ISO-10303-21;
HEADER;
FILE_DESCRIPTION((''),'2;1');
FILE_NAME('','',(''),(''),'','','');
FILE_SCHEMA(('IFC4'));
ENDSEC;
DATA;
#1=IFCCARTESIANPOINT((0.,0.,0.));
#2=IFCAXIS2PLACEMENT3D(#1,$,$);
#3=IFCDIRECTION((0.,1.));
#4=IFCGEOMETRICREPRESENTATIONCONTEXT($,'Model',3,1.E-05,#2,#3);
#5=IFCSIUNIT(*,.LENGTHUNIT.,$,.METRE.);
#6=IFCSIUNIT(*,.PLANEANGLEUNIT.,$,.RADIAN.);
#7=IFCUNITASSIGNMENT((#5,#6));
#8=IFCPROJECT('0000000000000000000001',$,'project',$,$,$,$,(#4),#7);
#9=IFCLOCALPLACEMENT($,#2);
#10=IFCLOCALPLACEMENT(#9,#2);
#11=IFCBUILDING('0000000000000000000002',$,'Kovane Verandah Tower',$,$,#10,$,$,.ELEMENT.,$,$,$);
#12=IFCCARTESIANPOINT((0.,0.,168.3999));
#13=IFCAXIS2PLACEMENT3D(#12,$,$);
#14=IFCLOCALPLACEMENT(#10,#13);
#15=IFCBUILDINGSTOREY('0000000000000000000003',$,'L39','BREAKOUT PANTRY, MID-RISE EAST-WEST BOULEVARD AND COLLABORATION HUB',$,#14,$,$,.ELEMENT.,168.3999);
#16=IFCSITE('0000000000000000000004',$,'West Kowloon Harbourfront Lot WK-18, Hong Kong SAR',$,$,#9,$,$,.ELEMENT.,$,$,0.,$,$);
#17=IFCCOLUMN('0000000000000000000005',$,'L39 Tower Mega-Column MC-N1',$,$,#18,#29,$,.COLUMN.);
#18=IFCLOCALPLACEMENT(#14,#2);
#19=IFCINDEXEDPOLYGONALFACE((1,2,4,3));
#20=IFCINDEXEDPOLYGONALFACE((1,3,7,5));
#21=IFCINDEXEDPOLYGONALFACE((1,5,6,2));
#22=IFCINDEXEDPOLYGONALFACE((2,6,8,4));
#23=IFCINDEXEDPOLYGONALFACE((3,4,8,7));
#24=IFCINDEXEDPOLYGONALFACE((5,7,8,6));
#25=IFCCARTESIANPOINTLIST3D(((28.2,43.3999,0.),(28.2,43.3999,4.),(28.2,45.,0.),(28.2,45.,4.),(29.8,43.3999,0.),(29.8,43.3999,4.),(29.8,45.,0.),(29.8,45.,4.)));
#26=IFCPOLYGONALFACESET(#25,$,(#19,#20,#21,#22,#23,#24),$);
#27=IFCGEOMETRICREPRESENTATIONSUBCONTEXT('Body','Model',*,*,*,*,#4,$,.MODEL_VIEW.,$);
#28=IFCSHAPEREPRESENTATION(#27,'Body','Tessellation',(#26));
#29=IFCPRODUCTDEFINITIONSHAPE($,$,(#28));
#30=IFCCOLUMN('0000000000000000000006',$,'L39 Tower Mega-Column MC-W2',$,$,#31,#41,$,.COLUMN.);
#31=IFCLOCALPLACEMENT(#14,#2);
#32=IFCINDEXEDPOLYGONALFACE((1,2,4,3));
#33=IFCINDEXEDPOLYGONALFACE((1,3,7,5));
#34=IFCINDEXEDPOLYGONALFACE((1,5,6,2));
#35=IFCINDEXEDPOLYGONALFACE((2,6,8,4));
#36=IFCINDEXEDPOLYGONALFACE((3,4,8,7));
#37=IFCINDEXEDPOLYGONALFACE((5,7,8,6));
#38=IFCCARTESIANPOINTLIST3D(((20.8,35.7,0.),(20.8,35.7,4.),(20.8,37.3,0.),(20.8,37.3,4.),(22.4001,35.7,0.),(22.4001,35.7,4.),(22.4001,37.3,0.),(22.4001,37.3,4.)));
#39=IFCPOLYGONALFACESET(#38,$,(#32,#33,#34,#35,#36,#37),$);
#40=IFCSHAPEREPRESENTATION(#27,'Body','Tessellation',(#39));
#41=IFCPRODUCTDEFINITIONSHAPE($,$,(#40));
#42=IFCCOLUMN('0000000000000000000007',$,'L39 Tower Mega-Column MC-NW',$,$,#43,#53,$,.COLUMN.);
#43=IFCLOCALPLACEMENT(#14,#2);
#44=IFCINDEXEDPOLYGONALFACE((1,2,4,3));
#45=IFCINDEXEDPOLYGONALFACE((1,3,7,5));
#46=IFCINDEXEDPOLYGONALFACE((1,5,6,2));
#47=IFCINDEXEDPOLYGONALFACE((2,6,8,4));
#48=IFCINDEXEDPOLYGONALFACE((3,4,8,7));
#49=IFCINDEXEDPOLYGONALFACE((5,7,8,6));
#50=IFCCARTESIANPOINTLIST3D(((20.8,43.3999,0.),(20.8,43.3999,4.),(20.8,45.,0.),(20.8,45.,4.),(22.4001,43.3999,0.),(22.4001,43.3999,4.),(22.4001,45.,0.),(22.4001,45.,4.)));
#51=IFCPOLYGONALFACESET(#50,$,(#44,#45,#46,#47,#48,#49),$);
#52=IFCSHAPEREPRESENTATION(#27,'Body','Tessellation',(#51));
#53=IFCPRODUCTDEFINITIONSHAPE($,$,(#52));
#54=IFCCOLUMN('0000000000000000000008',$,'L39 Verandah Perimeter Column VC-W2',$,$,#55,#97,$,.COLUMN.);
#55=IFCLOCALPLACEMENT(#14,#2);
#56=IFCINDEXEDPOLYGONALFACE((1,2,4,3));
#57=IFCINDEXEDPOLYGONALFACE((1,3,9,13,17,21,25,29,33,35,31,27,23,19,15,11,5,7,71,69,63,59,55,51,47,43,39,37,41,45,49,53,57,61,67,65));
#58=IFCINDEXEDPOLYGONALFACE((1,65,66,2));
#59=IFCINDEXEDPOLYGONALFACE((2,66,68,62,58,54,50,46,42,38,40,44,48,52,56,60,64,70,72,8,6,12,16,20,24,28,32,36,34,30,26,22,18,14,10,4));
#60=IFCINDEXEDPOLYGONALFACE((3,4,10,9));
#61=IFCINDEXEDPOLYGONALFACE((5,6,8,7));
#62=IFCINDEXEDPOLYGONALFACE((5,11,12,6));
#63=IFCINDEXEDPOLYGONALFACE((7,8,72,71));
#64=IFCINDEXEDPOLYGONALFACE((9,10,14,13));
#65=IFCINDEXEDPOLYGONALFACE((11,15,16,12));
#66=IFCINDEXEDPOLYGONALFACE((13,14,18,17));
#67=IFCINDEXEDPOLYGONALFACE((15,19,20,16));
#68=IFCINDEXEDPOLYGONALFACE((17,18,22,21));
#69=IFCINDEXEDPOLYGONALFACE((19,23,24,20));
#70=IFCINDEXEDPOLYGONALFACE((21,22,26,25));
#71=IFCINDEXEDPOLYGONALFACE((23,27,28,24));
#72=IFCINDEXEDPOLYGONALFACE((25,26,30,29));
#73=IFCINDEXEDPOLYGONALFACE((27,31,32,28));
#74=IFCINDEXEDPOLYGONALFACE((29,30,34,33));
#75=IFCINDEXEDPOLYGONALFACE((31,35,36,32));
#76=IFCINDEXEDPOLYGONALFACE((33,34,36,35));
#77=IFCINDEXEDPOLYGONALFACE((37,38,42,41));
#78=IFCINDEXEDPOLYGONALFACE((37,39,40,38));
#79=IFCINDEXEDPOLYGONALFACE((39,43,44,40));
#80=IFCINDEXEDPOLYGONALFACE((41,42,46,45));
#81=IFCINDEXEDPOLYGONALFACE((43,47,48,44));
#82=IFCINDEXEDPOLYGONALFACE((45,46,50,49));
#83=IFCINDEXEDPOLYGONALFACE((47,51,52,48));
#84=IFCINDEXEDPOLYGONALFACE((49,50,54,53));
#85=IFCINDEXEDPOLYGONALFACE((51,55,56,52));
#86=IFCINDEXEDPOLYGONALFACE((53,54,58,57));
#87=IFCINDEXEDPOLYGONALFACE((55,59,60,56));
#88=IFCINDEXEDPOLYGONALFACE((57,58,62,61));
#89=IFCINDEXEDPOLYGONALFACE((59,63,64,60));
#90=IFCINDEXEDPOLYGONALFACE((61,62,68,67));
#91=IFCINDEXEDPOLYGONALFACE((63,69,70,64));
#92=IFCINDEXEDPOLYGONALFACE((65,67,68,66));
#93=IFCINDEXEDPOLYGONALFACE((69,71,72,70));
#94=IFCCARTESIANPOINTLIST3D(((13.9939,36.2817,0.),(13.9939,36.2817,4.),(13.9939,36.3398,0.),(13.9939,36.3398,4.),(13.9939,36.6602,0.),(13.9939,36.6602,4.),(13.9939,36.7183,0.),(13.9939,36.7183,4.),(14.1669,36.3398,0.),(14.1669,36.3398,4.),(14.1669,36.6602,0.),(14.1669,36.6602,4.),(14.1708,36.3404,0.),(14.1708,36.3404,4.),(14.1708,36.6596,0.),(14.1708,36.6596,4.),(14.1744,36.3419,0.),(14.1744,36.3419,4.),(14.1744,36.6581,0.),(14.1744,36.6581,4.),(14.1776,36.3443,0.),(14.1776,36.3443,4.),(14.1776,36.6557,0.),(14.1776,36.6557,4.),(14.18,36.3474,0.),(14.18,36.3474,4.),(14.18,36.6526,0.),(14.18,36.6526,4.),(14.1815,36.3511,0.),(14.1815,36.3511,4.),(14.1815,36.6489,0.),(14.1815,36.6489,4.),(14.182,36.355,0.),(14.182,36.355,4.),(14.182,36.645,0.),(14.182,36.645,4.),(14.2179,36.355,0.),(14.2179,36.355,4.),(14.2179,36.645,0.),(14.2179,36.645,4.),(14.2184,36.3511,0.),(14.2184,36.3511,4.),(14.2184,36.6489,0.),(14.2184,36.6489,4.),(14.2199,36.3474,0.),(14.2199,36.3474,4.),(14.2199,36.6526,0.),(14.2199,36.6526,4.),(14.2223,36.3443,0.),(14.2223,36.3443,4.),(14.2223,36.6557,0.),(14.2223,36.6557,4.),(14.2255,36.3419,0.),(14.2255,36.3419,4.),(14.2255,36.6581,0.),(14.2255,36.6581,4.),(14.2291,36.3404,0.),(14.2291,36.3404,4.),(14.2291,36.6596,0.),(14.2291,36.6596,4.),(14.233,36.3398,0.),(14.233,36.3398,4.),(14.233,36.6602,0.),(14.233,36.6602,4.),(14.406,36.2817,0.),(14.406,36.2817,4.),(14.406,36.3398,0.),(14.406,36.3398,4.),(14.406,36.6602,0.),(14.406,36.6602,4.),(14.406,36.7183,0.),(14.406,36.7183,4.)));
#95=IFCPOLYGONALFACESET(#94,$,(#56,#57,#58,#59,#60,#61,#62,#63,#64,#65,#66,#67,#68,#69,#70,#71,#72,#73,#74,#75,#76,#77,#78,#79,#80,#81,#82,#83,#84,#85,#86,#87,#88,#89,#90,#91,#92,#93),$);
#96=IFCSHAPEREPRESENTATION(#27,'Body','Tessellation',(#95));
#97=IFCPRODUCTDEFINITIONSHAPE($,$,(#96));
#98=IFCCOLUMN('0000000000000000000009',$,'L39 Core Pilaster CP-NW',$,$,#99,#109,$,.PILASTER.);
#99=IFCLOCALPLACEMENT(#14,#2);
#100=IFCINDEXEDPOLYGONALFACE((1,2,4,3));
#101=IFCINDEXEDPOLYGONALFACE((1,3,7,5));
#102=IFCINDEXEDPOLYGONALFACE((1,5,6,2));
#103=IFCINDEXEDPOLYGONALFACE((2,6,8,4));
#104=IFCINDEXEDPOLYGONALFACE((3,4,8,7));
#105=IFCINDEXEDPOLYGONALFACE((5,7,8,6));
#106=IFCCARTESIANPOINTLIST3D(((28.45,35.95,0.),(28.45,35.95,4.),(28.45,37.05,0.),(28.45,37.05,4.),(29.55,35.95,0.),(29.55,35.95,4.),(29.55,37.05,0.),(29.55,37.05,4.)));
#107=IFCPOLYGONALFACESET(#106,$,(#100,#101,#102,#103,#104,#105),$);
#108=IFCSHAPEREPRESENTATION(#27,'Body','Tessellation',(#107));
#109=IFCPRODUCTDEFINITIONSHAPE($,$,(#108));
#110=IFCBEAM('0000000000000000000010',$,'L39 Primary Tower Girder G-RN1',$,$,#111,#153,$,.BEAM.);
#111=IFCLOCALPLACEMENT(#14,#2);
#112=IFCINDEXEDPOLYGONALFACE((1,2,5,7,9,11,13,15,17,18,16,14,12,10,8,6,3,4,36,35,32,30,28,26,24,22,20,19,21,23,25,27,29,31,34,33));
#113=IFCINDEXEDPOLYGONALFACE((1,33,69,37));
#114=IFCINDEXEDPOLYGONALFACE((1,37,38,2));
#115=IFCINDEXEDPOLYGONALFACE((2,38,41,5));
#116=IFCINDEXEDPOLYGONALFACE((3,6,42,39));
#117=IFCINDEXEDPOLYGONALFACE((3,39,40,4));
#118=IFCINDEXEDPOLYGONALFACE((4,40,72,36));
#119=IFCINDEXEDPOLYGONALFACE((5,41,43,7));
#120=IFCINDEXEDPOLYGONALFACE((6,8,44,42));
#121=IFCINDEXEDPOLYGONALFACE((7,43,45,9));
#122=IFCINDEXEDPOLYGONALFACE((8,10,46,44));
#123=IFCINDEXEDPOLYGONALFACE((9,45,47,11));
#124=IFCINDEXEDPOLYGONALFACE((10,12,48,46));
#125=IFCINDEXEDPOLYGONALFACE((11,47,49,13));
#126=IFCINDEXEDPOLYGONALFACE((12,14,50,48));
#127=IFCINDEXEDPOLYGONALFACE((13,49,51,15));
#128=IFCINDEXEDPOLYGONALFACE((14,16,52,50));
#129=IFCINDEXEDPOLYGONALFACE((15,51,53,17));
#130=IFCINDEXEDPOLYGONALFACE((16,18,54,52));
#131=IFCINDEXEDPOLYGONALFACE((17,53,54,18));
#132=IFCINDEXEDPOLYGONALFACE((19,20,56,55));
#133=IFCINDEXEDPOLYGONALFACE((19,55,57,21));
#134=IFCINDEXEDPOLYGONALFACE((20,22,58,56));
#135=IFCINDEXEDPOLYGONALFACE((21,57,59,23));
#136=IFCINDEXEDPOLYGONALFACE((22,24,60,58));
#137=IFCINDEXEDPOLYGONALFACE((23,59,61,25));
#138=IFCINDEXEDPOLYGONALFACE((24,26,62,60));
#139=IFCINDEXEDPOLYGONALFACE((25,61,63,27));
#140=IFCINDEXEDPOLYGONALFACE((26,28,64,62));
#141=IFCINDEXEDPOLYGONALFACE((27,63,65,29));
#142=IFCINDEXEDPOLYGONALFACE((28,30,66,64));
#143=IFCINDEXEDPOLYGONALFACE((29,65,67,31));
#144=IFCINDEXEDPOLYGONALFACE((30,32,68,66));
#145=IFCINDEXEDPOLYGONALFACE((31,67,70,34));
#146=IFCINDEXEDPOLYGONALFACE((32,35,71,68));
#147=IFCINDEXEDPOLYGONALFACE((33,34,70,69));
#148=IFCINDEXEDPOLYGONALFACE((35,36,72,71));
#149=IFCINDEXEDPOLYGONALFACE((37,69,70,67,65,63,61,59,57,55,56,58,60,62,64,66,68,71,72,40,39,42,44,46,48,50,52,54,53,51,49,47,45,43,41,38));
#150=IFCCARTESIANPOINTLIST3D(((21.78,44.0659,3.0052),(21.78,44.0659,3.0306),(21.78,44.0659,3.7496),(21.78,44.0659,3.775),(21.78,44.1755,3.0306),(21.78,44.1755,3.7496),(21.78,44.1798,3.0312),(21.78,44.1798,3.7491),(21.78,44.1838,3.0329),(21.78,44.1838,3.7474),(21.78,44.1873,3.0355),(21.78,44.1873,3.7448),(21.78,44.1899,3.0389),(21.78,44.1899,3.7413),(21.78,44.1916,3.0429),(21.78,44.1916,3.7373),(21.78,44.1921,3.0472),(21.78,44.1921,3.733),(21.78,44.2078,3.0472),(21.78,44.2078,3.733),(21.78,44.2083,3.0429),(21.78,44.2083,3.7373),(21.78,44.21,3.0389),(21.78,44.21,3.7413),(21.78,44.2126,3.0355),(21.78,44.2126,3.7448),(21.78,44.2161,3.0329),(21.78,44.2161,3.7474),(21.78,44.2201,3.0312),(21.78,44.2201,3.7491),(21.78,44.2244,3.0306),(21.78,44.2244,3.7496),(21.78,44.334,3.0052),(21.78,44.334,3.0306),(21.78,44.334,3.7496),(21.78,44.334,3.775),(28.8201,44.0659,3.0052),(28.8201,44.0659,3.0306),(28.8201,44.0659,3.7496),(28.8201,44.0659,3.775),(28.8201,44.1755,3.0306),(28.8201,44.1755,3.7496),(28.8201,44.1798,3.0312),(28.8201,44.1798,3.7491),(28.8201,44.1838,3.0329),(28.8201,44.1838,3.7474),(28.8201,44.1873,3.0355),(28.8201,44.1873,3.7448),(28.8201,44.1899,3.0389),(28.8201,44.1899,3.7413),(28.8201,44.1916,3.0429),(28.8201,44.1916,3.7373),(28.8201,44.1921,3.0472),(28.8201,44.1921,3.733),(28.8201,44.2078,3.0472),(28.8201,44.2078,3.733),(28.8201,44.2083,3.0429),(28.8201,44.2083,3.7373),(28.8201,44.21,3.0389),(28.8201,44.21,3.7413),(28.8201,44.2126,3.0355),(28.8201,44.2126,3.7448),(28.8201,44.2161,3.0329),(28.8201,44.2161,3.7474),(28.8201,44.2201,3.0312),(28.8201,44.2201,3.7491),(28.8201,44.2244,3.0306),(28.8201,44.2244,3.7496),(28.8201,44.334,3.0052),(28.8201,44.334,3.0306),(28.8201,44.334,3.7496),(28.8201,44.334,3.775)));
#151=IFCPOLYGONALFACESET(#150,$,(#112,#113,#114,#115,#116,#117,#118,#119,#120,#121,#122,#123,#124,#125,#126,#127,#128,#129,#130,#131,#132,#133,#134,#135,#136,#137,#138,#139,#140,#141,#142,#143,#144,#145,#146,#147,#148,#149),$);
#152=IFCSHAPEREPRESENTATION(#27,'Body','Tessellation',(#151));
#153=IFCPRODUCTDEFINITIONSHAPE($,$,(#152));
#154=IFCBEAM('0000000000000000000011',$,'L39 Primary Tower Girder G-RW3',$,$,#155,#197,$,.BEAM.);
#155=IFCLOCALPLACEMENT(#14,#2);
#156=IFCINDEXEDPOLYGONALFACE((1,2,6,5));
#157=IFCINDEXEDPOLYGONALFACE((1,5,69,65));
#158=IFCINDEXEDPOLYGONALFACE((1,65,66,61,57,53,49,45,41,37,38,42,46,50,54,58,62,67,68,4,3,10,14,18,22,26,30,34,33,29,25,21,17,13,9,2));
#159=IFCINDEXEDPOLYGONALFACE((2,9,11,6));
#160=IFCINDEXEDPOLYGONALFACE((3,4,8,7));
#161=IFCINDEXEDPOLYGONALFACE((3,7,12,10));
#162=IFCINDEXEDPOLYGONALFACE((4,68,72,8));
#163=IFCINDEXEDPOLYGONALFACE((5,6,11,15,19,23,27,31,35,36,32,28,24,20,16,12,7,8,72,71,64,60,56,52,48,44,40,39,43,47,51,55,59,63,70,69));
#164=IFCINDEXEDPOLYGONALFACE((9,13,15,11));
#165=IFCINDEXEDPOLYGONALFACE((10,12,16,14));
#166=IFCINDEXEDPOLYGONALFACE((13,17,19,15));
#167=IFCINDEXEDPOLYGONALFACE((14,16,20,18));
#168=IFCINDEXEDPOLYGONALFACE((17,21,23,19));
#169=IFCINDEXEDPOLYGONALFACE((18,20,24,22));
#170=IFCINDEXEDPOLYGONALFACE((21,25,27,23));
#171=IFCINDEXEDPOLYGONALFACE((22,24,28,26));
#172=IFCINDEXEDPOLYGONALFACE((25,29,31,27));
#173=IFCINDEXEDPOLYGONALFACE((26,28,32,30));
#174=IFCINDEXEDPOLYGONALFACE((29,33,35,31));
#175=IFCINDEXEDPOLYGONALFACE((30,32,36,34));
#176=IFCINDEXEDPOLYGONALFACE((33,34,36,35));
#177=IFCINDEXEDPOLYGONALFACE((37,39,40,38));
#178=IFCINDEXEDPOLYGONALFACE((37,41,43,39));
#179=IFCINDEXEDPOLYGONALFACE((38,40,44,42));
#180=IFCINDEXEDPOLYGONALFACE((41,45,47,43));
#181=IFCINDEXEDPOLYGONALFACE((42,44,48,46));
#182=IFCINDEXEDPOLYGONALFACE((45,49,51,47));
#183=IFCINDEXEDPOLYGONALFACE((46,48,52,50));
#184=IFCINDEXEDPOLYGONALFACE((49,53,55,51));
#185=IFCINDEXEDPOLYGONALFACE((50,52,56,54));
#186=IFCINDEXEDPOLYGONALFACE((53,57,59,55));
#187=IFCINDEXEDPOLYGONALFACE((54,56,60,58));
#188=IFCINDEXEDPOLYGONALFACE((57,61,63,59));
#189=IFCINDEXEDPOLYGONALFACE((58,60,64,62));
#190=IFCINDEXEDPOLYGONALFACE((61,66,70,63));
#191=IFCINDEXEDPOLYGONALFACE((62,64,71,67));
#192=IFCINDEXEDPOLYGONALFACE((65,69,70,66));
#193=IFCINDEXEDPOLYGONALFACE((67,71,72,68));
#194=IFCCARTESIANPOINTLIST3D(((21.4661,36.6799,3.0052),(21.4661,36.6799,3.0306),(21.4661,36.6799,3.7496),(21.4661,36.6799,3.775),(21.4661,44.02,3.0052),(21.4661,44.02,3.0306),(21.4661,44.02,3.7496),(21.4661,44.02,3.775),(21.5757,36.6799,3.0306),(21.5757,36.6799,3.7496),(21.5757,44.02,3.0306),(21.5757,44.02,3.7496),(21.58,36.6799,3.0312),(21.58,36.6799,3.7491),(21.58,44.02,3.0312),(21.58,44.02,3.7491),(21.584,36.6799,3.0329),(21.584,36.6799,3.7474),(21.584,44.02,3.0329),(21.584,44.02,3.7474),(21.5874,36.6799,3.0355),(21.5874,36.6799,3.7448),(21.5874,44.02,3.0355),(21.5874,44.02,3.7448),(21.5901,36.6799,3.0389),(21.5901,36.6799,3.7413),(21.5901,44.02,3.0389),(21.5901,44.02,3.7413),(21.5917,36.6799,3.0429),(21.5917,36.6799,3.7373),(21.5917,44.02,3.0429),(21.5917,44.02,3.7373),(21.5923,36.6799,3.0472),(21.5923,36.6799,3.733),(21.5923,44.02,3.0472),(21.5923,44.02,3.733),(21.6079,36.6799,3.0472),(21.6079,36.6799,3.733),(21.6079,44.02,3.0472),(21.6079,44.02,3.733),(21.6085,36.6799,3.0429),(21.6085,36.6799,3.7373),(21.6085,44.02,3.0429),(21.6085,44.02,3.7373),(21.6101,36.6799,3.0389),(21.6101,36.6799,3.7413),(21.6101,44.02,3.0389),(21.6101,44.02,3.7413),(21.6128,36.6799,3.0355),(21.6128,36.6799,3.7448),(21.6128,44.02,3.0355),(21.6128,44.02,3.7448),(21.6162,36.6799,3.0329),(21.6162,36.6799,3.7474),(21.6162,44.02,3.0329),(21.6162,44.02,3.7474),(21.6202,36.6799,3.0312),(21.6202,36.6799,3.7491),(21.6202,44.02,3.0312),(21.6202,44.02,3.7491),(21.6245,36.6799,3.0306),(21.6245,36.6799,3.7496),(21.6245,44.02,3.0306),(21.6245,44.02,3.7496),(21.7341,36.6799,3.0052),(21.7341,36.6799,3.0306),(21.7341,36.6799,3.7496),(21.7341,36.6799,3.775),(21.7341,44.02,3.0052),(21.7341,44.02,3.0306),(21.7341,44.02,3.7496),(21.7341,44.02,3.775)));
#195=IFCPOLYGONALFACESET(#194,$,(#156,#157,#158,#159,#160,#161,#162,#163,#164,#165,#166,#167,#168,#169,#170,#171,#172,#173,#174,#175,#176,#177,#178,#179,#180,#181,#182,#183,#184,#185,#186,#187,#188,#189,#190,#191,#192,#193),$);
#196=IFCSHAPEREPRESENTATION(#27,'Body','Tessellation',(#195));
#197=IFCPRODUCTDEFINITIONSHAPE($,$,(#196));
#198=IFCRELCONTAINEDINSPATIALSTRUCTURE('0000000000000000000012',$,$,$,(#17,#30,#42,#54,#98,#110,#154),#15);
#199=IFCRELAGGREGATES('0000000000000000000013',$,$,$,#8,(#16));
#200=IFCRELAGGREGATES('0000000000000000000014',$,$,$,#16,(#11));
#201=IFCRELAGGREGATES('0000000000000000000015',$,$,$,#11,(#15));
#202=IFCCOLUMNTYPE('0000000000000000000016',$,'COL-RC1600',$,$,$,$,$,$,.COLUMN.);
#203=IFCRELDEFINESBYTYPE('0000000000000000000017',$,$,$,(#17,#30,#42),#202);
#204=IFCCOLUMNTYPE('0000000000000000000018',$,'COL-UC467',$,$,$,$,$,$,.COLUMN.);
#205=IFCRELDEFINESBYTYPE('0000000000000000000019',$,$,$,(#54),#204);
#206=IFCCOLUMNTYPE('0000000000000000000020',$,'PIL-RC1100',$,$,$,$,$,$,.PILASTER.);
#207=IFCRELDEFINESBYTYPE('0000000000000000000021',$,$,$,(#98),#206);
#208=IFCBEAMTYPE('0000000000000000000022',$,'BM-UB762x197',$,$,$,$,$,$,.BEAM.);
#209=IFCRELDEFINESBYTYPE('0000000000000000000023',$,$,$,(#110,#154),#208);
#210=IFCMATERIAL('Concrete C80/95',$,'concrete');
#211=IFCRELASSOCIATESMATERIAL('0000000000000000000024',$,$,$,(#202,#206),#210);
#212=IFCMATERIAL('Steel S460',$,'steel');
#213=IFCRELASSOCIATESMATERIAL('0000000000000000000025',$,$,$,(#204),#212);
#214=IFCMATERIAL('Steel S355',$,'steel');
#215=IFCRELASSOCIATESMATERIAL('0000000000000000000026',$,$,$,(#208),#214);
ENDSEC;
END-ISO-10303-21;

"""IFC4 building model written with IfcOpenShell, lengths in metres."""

from ifc_helpers import new_model, si_unit, direction, frame, origin, origin_2d, place, context, subcontext, project, spatial, rectangle, i_section, extrude, material, material_profile, profile_set, type_object, element, save


model = new_model("IFC4")

# Units and contexts
model_context = context("Model", 3, precision=1e-05, world=origin(), true_north=direction((0.0, 1.0)))
body_context = subcontext(model_context, "Body", "Model", "MODEL_VIEW")
ifc_project = project(units=[si_unit("LENGTHUNIT", "METRE"), si_unit("PLANEANGLEUNIT", "RADIAN")], contexts=[model_context])

# Site, building, storey
site_placement = place(None, origin())
site = spatial("IfcSite", under=ifc_project, at=site_placement, Name="West Kowloon Harbourfront Lot WK-18, Hong Kong SAR", CompositionType="ELEMENT", RefElevation=0.0)
building_placement = place(site_placement, origin())
building = spatial("IfcBuilding", under=site, at=building_placement, Name="Kovane Verandah Tower", CompositionType="ELEMENT")
storey_placement = place(building_placement, frame((0.0, 0.0, 168.3999)))
storey = spatial("IfcBuildingStorey", under=building, at=storey_placement, Name="L39", Description="BREAKOUT PANTRY, MID-RISE EAST-WEST BOULEVARD AND COLLABORATION HUB", CompositionType="ELEMENT", Elevation=168.3999)

# Columns
ifc_material_1 = material(Name="Concrete C80/95", Category="concrete")
ifc_material_profile_1 = material_profile(ifc_material_1, rectangle(XDim=1.6001, YDim=1.6001, at=origin_2d()), Name="RC1600x1600")
ifc_profile_set_1 = profile_set([ifc_material_profile_1], Name="Concrete C80/95")
column_type_1 = type_object("IfcColumnType", Name="COL-RC1600", PredefinedType="COLUMN", material=ifc_profile_set_1)
for number, where, z_axis, x_axis, name in (
    (1, (29.0, 44.2, 0.0), (0.0, 0.0, 1.0), (1.0, 0.0, 0.0), "L39 Tower Mega-Column MC-N1"),
    (2, (21.6001, 36.5, 0.0), (0.0, 0.0, 1.0), (1.0, 0.0, 0.0), "L39 Tower Mega-Column MC-W2"),
    (3, (21.6001, 44.2, 0.0), (0.0, 0.0, 1.0), (1.0, 0.0, 0.0), "L39 Tower Mega-Column MC-NW"),
):
    element("IfcColumn", number, at=place(storey_placement, frame(where, z_axis=z_axis, x_axis=x_axis)), inside=storey, type_object=column_type_1, Name=name, PredefinedType="COLUMN", context=body_context, shape_type="SweptSolid", body=[
        extrude(rectangle(XDim=1.6001, YDim=1.6001, at=origin_2d()), origin(), (0.0, 0.0, 1.0), 4.0),
    ])
ifc_material_2 = material(Name="Steel S460", Category="steel")
ifc_material_profile_2 = material_profile(ifc_material_2, i_section(OverallWidth=0.4121, OverallDepth=0.4365, WebThickness=0.0359, FlangeThickness=0.0581, FilletRadius=0.0151, at=origin_2d()), Name="UC356x406x467")
ifc_profile_set_2 = profile_set([ifc_material_profile_2], Name="Steel S460")
column_type_2 = type_object("IfcColumnType", Name="COL-UC467", PredefinedType="COLUMN", material=ifc_profile_set_2)
column_1_placement = place(storey_placement, frame((14.2, 36.5, 0.0), z_axis=(0.0, 0.0, 1.0), x_axis=(1.0, 0.0, 0.0)))
element("IfcColumn", 4, at=column_1_placement, inside=storey, type_object=column_type_2, Name="L39 Verandah Perimeter Column VC-W2", PredefinedType="COLUMN", context=body_context, shape_type="SweptSolid", body=[
    extrude(i_section(OverallWidth=0.4121, OverallDepth=0.4365, WebThickness=0.0359, FlangeThickness=0.0581, FilletRadius=0.0151, at=origin_2d()), origin(), (0.0, 0.0, 1.0), 4.0),
])
ifc_material_profile_3 = material_profile(ifc_material_1, rectangle(XDim=1.1001, YDim=1.1001, at=origin_2d()), Name="RC1100x1100")
ifc_profile_set_3 = profile_set([ifc_material_profile_3], Name="Concrete C80/95")
column_type_3 = type_object("IfcColumnType", Name="PIL-RC1100", PredefinedType="PILASTER", material=ifc_profile_set_3)
column_2_placement = place(storey_placement, frame((29.0, 36.5, 0.0), z_axis=(0.0, 0.0, 1.0), x_axis=(1.0, 0.0, 0.0)))
element("IfcColumn", 5, at=column_2_placement, inside=storey, type_object=column_type_3, Name="L39 Core Pilaster CP-NW", PredefinedType="PILASTER", context=body_context, shape_type="SweptSolid", body=[
    extrude(rectangle(XDim=1.1001, YDim=1.1001, at=origin_2d()), origin(), (0.0, 0.0, 1.0), 4.0),
])

# Beams
ifc_material_3 = material(Name="Steel S355", Category="steel")
ifc_material_profile_4 = material_profile(ifc_material_3, i_section(OverallWidth=0.2681, OverallDepth=0.7698, WebThickness=0.0156, FlangeThickness=0.0254, FilletRadius=0.0166, at=origin_2d()), Name="UB762x267x197")
ifc_profile_set_4 = profile_set([ifc_material_profile_4], Name="Steel S355")
beam_type_1 = type_object("IfcBeamType", Name="BM-UB762x197", PredefinedType="BEAM", material=ifc_profile_set_4)
beam_1_placement = place(storey_placement, frame((21.78, 44.2, 3.3901), z_axis=(1.0, 0.0, 0.0), x_axis=(0.0, 1.0, 0.0)))
element("IfcBeam", 6, at=beam_1_placement, inside=storey, type_object=beam_type_1, Name="L39 Primary Tower Girder G-RN1", PredefinedType="BEAM", context=body_context, shape_type="SweptSolid", body=[
    extrude(i_section(OverallWidth=0.2681, OverallDepth=0.7698, WebThickness=0.0156, FlangeThickness=0.0254, FilletRadius=0.0166, at=origin_2d()), origin(), (0.0, 0.0, 1.0), 7.04),
])
beam_2_placement = place(storey_placement, frame((21.6001, 36.6799, 3.3901), z_axis=(0.0, 1.0, 0.0), x_axis=(-1.0, 0.0, 0.0)))
element("IfcBeam", 7, at=beam_2_placement, inside=storey, type_object=beam_type_1, Name="L39 Primary Tower Girder G-RW3", PredefinedType="BEAM", context=body_context, shape_type="SweptSolid", body=[
    extrude(i_section(OverallWidth=0.2681, OverallDepth=0.7698, WebThickness=0.0156, FlangeThickness=0.0254, FilletRadius=0.0166, at=origin_2d()), origin(), (0.0, 0.0, 1.0), 7.3401),
])

save(model, "model.ifc")
